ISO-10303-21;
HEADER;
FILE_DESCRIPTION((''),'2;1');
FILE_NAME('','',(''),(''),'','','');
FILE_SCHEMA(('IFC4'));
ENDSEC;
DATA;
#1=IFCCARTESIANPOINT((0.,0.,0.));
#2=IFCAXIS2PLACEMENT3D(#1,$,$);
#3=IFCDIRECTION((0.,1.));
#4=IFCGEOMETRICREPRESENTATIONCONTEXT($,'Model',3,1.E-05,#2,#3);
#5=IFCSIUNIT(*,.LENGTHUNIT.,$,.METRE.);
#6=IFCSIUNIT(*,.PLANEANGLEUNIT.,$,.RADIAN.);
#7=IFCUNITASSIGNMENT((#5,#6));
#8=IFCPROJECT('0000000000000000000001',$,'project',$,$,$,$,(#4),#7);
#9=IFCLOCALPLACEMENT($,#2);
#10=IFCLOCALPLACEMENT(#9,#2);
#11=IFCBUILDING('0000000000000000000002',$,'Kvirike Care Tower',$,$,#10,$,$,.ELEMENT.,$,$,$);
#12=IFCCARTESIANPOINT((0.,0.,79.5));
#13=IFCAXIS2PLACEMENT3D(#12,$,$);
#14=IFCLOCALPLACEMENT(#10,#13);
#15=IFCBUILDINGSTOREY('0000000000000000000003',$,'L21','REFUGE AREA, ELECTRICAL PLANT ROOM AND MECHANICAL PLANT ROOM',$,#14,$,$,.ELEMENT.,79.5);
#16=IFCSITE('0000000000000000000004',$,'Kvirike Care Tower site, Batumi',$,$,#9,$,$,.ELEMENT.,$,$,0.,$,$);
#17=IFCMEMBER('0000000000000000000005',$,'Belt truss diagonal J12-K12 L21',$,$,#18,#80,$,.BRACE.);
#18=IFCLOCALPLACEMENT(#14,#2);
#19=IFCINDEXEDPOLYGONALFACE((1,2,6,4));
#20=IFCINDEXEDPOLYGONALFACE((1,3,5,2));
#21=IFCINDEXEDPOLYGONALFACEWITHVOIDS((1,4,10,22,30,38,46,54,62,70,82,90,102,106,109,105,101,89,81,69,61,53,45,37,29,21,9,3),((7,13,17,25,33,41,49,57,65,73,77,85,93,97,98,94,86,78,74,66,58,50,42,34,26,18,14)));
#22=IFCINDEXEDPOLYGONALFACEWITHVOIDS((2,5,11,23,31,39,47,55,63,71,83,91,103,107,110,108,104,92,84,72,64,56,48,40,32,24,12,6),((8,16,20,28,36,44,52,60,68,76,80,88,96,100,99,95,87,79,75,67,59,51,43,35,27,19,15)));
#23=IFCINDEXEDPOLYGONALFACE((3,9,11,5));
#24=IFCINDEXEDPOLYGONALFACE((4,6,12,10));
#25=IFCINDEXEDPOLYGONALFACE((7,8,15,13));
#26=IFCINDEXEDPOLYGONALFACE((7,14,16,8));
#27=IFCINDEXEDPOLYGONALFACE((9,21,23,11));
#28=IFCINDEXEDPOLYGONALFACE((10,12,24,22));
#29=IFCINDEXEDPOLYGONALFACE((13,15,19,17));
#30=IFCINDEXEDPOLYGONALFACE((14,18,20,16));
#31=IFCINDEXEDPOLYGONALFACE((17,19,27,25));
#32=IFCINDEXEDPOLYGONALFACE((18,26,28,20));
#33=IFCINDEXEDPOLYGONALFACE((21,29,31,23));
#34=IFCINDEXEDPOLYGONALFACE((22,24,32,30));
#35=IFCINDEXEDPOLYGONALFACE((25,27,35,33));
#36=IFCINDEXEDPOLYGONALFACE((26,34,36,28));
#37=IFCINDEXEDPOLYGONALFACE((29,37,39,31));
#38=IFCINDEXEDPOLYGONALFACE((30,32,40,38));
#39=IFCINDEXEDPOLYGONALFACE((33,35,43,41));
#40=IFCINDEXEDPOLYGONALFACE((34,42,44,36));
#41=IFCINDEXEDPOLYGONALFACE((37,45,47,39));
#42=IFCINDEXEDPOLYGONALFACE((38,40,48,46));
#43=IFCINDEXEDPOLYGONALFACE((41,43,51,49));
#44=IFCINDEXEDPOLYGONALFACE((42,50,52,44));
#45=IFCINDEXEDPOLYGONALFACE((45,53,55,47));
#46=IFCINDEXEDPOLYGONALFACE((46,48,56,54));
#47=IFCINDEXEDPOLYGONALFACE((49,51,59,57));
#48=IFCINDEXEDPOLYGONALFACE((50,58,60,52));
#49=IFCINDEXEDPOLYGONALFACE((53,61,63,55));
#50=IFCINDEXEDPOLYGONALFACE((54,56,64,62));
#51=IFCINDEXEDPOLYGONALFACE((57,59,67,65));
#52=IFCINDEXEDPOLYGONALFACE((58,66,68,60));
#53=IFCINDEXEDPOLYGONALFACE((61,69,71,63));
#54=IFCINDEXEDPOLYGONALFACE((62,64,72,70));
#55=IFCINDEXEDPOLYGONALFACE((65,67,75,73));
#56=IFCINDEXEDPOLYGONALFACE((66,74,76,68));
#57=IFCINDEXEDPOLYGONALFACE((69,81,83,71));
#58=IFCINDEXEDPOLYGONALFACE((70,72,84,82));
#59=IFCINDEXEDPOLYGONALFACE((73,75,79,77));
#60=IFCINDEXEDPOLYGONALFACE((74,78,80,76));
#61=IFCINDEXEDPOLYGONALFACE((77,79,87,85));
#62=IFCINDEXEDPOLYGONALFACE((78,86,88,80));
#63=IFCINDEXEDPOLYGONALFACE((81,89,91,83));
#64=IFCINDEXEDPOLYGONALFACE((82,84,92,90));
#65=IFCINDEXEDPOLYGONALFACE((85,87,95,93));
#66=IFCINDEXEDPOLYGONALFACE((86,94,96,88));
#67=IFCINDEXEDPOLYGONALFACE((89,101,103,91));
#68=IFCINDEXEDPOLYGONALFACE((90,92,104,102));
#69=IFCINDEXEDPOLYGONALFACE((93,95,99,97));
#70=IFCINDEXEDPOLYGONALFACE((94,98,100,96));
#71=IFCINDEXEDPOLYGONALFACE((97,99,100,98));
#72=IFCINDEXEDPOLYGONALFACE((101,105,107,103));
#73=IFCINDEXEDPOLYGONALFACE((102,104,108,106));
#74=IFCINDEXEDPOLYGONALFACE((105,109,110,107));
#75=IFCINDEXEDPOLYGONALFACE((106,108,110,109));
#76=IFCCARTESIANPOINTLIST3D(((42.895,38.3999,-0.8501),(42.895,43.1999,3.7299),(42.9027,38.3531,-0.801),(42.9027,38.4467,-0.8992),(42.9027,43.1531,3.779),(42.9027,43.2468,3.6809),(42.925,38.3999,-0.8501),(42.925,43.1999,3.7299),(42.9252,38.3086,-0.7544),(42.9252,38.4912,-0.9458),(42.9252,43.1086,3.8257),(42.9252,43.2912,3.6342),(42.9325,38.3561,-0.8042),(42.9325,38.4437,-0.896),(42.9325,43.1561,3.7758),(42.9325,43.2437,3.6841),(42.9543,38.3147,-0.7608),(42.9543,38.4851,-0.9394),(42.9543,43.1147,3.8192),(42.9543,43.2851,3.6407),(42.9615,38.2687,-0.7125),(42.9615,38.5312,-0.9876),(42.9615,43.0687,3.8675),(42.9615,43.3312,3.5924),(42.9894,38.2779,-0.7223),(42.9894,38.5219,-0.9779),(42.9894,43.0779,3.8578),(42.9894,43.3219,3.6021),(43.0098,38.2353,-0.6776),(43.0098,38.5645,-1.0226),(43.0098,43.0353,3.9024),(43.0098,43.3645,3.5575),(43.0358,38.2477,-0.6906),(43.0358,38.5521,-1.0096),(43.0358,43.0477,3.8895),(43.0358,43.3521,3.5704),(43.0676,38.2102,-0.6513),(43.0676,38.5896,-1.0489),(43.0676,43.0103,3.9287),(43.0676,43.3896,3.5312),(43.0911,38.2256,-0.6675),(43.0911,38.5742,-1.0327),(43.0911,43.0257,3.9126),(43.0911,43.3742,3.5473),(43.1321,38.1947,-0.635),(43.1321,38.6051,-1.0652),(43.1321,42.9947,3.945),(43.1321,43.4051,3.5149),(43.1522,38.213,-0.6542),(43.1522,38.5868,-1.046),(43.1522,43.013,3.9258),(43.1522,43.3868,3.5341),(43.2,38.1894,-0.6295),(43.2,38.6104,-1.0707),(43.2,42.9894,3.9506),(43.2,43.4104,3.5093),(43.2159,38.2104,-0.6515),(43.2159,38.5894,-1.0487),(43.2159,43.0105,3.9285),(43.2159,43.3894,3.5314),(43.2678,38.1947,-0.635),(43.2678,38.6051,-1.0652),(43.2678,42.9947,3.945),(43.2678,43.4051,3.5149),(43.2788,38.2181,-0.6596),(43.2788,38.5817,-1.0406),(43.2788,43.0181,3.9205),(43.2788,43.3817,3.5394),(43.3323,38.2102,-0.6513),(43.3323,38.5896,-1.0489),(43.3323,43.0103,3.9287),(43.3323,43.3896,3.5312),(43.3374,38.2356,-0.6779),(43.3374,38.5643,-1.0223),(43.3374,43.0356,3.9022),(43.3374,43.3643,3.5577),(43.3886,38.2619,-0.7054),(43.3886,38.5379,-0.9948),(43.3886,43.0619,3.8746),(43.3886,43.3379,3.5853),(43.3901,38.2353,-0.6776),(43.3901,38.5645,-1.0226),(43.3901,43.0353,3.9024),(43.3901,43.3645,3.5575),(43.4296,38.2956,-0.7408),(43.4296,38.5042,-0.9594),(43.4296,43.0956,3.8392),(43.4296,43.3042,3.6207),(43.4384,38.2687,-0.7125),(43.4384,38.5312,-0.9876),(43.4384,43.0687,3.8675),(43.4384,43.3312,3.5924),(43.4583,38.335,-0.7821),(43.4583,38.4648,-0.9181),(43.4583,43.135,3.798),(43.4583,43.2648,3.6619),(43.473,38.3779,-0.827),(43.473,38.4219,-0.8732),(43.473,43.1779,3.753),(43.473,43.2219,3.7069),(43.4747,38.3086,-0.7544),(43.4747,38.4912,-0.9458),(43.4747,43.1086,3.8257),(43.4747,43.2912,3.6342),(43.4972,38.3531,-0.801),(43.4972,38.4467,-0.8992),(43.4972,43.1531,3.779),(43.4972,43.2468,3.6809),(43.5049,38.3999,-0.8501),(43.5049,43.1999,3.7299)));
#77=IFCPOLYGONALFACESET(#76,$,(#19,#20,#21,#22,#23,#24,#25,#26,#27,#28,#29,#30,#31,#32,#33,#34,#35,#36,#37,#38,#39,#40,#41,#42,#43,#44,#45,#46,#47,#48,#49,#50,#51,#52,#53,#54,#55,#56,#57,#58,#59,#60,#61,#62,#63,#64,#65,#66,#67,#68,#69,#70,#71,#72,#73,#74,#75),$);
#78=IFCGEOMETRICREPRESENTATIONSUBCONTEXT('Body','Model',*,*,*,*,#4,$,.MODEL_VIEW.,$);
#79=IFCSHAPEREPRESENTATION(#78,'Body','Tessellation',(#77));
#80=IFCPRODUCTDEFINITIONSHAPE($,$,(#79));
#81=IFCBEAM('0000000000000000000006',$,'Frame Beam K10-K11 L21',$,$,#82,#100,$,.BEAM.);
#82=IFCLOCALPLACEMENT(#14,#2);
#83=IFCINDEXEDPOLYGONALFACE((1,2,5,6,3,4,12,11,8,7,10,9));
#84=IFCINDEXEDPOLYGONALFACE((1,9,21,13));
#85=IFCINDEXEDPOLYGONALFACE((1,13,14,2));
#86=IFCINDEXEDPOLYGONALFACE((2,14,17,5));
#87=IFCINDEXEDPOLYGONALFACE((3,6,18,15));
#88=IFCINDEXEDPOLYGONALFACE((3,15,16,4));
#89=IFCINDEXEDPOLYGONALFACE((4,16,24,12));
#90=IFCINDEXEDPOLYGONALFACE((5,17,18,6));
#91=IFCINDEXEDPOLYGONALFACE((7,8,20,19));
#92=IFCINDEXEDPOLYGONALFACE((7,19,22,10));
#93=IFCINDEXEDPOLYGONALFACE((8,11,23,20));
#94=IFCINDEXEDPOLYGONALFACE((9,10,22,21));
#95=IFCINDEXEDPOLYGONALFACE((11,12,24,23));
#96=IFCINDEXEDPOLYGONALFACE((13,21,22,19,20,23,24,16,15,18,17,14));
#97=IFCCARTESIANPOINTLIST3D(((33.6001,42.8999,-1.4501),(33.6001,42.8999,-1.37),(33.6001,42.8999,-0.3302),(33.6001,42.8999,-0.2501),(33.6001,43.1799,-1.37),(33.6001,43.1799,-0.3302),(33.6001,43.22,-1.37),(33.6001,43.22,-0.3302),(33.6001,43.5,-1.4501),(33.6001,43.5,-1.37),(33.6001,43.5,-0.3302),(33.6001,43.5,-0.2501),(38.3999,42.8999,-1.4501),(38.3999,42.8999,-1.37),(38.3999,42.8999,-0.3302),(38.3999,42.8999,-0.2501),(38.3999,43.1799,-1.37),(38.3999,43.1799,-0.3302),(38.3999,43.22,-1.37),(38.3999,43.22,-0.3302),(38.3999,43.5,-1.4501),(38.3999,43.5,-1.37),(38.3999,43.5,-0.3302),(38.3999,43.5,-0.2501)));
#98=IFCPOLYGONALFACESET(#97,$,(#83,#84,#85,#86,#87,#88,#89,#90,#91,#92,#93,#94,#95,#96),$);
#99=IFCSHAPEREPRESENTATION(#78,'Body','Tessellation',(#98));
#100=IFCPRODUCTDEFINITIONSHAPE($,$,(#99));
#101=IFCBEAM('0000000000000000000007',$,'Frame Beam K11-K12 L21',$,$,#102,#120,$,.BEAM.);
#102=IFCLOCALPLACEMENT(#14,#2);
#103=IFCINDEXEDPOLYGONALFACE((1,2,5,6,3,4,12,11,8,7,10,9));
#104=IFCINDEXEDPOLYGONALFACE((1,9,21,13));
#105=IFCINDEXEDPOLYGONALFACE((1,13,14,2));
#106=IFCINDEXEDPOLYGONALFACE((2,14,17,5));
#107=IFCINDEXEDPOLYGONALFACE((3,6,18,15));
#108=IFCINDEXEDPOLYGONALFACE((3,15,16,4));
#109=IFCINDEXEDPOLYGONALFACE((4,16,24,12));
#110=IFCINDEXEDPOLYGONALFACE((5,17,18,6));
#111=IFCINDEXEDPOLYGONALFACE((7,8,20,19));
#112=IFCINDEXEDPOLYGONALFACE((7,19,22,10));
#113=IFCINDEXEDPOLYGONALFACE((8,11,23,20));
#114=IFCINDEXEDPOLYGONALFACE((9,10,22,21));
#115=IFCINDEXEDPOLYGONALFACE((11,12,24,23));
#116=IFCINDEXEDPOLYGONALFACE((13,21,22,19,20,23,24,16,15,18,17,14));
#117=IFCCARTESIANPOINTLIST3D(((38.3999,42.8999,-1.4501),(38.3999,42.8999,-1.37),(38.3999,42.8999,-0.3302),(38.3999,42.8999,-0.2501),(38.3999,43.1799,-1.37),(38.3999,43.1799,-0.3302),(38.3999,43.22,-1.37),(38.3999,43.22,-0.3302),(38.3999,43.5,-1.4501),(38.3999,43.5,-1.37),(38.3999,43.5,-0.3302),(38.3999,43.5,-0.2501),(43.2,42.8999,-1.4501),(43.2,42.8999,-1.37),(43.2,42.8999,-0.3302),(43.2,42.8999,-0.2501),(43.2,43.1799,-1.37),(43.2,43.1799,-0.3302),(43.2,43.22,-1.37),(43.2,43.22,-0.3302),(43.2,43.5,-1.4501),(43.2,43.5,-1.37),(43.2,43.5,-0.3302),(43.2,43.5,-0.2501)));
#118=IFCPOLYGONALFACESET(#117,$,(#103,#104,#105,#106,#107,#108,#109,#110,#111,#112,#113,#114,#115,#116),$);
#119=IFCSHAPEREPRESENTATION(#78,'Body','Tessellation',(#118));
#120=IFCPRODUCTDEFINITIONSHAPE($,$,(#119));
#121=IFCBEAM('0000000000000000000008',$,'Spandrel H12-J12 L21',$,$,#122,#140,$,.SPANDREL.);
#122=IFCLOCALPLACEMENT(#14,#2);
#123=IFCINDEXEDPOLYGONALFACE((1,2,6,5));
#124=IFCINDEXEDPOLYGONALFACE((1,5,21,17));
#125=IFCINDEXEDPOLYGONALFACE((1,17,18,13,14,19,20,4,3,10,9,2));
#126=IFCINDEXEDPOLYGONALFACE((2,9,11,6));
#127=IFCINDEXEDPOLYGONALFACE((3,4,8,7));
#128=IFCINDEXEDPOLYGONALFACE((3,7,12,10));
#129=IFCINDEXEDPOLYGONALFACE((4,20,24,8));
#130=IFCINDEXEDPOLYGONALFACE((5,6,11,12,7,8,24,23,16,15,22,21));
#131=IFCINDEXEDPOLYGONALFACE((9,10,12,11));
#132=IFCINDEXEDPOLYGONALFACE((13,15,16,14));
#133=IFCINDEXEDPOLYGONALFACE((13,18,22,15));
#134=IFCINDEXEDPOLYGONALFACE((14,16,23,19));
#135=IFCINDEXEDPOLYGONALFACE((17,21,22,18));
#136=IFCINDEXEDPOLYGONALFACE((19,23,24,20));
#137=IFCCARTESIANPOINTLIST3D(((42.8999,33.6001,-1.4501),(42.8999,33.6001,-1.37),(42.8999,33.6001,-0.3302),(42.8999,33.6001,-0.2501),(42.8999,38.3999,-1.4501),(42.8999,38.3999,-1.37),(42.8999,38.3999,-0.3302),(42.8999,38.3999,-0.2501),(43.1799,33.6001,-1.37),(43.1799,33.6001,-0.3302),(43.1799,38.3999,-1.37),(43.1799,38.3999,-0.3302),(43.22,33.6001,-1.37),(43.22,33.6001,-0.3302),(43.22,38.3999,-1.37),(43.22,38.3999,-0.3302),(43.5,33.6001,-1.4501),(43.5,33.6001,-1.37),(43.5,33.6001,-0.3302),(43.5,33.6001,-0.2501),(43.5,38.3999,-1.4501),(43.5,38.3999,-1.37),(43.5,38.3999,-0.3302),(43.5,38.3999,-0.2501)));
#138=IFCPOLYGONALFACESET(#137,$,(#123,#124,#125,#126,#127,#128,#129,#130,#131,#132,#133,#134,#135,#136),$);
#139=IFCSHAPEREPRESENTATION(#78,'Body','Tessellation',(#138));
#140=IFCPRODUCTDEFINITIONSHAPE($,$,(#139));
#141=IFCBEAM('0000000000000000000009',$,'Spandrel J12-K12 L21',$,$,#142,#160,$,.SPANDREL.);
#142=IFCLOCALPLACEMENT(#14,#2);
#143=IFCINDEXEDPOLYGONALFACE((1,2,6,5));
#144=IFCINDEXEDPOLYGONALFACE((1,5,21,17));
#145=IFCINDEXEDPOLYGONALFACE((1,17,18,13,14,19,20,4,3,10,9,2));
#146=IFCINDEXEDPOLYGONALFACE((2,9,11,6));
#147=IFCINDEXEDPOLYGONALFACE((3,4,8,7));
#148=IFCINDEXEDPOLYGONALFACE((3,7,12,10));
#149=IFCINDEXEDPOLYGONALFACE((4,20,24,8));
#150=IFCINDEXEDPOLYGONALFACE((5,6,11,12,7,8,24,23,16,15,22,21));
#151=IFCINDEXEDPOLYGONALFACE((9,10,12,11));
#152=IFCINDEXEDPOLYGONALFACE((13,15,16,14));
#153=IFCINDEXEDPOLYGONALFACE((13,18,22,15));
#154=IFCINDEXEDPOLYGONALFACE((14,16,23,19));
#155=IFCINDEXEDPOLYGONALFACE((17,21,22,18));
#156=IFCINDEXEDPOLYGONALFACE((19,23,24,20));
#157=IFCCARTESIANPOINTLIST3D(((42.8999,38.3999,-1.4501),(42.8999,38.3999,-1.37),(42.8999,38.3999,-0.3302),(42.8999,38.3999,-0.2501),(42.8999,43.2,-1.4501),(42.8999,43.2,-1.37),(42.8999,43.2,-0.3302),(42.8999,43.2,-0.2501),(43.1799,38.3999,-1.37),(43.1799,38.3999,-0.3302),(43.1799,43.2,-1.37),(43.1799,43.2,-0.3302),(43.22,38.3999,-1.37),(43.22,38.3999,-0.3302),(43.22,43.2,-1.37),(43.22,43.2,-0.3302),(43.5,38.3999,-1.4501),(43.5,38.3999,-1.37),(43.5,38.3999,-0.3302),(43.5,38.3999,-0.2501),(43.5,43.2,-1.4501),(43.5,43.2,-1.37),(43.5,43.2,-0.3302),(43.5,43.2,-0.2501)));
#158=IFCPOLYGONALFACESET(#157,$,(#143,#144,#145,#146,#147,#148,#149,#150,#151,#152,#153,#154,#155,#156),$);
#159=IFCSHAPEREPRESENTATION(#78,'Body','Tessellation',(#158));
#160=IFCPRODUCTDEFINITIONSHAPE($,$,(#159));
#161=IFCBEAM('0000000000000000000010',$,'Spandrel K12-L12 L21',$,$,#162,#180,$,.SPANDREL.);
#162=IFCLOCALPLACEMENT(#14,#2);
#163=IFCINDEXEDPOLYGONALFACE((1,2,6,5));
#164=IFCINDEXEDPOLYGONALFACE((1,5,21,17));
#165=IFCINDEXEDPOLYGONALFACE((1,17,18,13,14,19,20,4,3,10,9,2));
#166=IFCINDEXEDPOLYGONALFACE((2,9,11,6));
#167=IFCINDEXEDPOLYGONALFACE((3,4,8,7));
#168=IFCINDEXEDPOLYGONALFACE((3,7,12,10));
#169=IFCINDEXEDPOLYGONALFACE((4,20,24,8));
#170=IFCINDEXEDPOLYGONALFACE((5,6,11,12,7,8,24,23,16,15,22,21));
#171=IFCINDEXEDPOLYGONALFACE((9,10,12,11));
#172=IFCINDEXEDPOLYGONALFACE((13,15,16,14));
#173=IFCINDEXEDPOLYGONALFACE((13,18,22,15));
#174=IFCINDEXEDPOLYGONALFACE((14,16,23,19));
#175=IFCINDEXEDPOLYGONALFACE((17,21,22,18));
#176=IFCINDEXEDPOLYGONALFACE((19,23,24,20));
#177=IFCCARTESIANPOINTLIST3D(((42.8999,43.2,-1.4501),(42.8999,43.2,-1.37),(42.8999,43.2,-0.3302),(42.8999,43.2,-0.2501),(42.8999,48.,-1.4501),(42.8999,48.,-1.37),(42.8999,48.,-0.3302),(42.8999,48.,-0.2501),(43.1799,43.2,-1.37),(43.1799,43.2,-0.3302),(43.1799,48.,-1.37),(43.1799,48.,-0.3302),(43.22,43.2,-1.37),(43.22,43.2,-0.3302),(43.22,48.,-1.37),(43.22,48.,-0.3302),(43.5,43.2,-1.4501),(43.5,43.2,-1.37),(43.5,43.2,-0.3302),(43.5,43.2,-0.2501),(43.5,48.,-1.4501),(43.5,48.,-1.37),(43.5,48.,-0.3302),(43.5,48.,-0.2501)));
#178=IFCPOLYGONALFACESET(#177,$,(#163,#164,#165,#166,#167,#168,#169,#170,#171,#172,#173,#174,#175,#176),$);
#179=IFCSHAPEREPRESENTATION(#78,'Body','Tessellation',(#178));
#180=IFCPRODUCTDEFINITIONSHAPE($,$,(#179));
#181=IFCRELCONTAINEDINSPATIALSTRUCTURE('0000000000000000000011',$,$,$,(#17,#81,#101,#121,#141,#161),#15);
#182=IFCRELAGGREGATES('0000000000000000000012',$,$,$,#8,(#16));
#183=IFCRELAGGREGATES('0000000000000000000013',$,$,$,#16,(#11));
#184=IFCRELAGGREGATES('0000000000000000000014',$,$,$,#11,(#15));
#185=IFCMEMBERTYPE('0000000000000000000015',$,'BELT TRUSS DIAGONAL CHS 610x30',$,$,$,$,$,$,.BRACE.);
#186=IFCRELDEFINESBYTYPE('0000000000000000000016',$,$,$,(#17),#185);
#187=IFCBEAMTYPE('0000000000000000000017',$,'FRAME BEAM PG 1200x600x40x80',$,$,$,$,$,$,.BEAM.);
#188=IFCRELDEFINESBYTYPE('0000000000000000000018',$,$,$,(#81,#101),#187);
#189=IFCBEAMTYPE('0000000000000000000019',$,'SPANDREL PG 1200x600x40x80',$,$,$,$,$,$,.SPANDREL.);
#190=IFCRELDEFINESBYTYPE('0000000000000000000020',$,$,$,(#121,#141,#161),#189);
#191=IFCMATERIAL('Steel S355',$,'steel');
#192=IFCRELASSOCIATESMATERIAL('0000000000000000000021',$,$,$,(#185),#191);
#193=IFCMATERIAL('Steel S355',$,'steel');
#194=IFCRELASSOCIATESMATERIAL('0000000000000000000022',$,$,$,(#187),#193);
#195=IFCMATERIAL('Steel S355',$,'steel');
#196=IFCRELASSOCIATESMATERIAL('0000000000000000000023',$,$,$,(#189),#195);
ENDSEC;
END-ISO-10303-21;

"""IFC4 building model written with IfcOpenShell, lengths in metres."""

from ifc_helpers import new_model, si_unit, direction, frame, origin, origin_2d, place, context, subcontext, project, spatial, hollow_circle, i_section, extrude, material, material_profile, profile_set, type_object, element, save


model = new_model("IFC4")

# Units and contexts
model_context = context("Model", 3, precision=1e-05, world=origin(), true_north=direction((0.0, 1.0)))
body_context = subcontext(model_context, "Body", "Model", "MODEL_VIEW")
ifc_project = project(units=[si_unit("LENGTHUNIT", "METRE"), si_unit("PLANEANGLEUNIT", "RADIAN")], contexts=[model_context])

# Site, building, storey
site_placement = place(None, origin())
site = spatial("IfcSite", under=ifc_project, at=site_placement, Name="Kvirike Care Tower site, Batumi", CompositionType="ELEMENT", RefElevation=0.0)
building_placement = place(site_placement, origin())
building = spatial("IfcBuilding", under=site, at=building_placement, Name="Kvirike Care Tower", CompositionType="ELEMENT")
storey_placement = place(building_placement, frame((0.0, 0.0, 79.5)))
storey = spatial("IfcBuildingStorey", under=building, at=storey_placement, Name="L21", Description="REFUGE AREA, ELECTRICAL PLANT ROOM AND MECHANICAL PLANT ROOM", CompositionType="ELEMENT", Elevation=79.5)

# Member
ifc_material_1 = material(Name="Steel S355", Category="steel")
ifc_material_profile_1 = material_profile(ifc_material_1, hollow_circle(Radius=0.3049, WallThickness=0.03, at=origin_2d()), Name="CHS 610x30")
ifc_profile_set_1 = profile_set([ifc_material_profile_1], Name="Steel S355")
member_type = type_object("IfcMemberType", Name="BELT TRUSS DIAGONAL CHS 610x30", PredefinedType="BRACE", material=ifc_profile_set_1)
member_1_placement = place(storey_placement, frame((43.2, 38.3999, -0.8501), z_axis=(0.0, 0.72349, 0.690335), x_axis=(-1.0, 0.0, 0.0)))
element("IfcMember", 1, at=member_1_placement, inside=storey, type_object=member_type, Name="Belt truss diagonal J12-K12 L21", PredefinedType="BRACE", context=body_context, shape_type="SweptSolid", body=[
    extrude(hollow_circle(Radius=0.3049, WallThickness=0.03, at=origin_2d()), origin(), (0.0, 0.0, 1.0), 6.6345),
])

# Beams
ifc_material_2 = material(Name="Steel S355", Category="steel")
ifc_material_profile_2 = material_profile(ifc_material_2, i_section(OverallWidth=0.6001, OverallDepth=1.2, WebThickness=0.04, FlangeThickness=0.0801, at=origin_2d()), Name="PG 1200x600x40x80")
ifc_profile_set_2 = profile_set([ifc_material_profile_2], Name="Steel S355")
beam_type_1 = type_object("IfcBeamType", Name="FRAME BEAM PG 1200x600x40x80", PredefinedType="BEAM", material=ifc_profile_set_2)
beam_1_placement = place(storey_placement, frame((33.6001, 43.2, -0.8501), z_axis=(1.0, 0.0, 0.0), x_axis=(0.0, 1.0, 0.0)))
element("IfcBeam", 2, at=beam_1_placement, inside=storey, type_object=beam_type_1, Name="Frame Beam K10-K11 L21", PredefinedType="BEAM", context=body_context, shape_type="SweptSolid", body=[
    extrude(i_section(OverallWidth=0.6001, OverallDepth=1.2, WebThickness=0.04, FlangeThickness=0.0801, at=origin_2d()), origin(), (0.0, 0.0, 1.0), 4.7998),
])
beam_2_placement = place(storey_placement, frame((38.3999, 43.2, -0.8501), z_axis=(1.0, 0.0, 0.0), x_axis=(0.0, 1.0, 0.0)))
element("IfcBeam", 3, at=beam_2_placement, inside=storey, type_object=beam_type_1, Name="Frame Beam K11-K12 L21", PredefinedType="BEAM", context=body_context, shape_type="SweptSolid", body=[
    extrude(i_section(OverallWidth=0.6001, OverallDepth=1.2, WebThickness=0.04, FlangeThickness=0.0801, at=origin_2d()), origin(), (0.0, 0.0, 1.0), 4.8),
])
ifc_material_3 = material(Name="Steel S355", Category="steel")
ifc_material_profile_3 = material_profile(ifc_material_3, i_section(OverallWidth=0.6001, OverallDepth=1.2, WebThickness=0.04, FlangeThickness=0.0801, at=origin_2d()), Name="PG 1200x600x40x80")
ifc_profile_set_3 = profile_set([ifc_material_profile_3], Name="Steel S355")
beam_type_2 = type_object("IfcBeamType", Name="SPANDREL PG 1200x600x40x80", PredefinedType="SPANDREL", material=ifc_profile_set_3)
beam_3_placement = place(storey_placement, frame((43.2, 33.6001, -0.8501), z_axis=(0.0, 1.0, 0.0), x_axis=(-1.0, 0.0, 0.0)))
element("IfcBeam", 4, at=beam_3_placement, inside=storey, type_object=beam_type_2, Name="Spandrel H12-J12 L21", PredefinedType="SPANDREL", context=body_context, shape_type="SweptSolid", body=[
    extrude(i_section(OverallWidth=0.6001, OverallDepth=1.2, WebThickness=0.04, FlangeThickness=0.0801, at=origin_2d()), origin(), (0.0, 0.0, 1.0), 4.7998),
])
for number, where, z_axis, x_axis, name in (
    (5, (43.2, 38.3999, -0.8501), (0.0, 1.0, 0.0), (-1.0, 0.0, 0.0), "Spandrel J12-K12 L21"),
    (6, (43.2, 43.2, -0.8501), (0.0, 1.0, 0.0), (-1.0, 0.0, 0.0), "Spandrel K12-L12 L21"),
):
    element("IfcBeam", number, at=place(storey_placement, frame(where, z_axis=z_axis, x_axis=x_axis)), inside=storey, type_object=beam_type_2, Name=name, PredefinedType="SPANDREL", context=body_context, shape_type="SweptSolid", body=[
        extrude(i_section(OverallWidth=0.6001, OverallDepth=1.2, WebThickness=0.04, FlangeThickness=0.0801, at=origin_2d()), origin(), (0.0, 0.0, 1.0), 4.8),
    ])

save(model, "model.ifc")
